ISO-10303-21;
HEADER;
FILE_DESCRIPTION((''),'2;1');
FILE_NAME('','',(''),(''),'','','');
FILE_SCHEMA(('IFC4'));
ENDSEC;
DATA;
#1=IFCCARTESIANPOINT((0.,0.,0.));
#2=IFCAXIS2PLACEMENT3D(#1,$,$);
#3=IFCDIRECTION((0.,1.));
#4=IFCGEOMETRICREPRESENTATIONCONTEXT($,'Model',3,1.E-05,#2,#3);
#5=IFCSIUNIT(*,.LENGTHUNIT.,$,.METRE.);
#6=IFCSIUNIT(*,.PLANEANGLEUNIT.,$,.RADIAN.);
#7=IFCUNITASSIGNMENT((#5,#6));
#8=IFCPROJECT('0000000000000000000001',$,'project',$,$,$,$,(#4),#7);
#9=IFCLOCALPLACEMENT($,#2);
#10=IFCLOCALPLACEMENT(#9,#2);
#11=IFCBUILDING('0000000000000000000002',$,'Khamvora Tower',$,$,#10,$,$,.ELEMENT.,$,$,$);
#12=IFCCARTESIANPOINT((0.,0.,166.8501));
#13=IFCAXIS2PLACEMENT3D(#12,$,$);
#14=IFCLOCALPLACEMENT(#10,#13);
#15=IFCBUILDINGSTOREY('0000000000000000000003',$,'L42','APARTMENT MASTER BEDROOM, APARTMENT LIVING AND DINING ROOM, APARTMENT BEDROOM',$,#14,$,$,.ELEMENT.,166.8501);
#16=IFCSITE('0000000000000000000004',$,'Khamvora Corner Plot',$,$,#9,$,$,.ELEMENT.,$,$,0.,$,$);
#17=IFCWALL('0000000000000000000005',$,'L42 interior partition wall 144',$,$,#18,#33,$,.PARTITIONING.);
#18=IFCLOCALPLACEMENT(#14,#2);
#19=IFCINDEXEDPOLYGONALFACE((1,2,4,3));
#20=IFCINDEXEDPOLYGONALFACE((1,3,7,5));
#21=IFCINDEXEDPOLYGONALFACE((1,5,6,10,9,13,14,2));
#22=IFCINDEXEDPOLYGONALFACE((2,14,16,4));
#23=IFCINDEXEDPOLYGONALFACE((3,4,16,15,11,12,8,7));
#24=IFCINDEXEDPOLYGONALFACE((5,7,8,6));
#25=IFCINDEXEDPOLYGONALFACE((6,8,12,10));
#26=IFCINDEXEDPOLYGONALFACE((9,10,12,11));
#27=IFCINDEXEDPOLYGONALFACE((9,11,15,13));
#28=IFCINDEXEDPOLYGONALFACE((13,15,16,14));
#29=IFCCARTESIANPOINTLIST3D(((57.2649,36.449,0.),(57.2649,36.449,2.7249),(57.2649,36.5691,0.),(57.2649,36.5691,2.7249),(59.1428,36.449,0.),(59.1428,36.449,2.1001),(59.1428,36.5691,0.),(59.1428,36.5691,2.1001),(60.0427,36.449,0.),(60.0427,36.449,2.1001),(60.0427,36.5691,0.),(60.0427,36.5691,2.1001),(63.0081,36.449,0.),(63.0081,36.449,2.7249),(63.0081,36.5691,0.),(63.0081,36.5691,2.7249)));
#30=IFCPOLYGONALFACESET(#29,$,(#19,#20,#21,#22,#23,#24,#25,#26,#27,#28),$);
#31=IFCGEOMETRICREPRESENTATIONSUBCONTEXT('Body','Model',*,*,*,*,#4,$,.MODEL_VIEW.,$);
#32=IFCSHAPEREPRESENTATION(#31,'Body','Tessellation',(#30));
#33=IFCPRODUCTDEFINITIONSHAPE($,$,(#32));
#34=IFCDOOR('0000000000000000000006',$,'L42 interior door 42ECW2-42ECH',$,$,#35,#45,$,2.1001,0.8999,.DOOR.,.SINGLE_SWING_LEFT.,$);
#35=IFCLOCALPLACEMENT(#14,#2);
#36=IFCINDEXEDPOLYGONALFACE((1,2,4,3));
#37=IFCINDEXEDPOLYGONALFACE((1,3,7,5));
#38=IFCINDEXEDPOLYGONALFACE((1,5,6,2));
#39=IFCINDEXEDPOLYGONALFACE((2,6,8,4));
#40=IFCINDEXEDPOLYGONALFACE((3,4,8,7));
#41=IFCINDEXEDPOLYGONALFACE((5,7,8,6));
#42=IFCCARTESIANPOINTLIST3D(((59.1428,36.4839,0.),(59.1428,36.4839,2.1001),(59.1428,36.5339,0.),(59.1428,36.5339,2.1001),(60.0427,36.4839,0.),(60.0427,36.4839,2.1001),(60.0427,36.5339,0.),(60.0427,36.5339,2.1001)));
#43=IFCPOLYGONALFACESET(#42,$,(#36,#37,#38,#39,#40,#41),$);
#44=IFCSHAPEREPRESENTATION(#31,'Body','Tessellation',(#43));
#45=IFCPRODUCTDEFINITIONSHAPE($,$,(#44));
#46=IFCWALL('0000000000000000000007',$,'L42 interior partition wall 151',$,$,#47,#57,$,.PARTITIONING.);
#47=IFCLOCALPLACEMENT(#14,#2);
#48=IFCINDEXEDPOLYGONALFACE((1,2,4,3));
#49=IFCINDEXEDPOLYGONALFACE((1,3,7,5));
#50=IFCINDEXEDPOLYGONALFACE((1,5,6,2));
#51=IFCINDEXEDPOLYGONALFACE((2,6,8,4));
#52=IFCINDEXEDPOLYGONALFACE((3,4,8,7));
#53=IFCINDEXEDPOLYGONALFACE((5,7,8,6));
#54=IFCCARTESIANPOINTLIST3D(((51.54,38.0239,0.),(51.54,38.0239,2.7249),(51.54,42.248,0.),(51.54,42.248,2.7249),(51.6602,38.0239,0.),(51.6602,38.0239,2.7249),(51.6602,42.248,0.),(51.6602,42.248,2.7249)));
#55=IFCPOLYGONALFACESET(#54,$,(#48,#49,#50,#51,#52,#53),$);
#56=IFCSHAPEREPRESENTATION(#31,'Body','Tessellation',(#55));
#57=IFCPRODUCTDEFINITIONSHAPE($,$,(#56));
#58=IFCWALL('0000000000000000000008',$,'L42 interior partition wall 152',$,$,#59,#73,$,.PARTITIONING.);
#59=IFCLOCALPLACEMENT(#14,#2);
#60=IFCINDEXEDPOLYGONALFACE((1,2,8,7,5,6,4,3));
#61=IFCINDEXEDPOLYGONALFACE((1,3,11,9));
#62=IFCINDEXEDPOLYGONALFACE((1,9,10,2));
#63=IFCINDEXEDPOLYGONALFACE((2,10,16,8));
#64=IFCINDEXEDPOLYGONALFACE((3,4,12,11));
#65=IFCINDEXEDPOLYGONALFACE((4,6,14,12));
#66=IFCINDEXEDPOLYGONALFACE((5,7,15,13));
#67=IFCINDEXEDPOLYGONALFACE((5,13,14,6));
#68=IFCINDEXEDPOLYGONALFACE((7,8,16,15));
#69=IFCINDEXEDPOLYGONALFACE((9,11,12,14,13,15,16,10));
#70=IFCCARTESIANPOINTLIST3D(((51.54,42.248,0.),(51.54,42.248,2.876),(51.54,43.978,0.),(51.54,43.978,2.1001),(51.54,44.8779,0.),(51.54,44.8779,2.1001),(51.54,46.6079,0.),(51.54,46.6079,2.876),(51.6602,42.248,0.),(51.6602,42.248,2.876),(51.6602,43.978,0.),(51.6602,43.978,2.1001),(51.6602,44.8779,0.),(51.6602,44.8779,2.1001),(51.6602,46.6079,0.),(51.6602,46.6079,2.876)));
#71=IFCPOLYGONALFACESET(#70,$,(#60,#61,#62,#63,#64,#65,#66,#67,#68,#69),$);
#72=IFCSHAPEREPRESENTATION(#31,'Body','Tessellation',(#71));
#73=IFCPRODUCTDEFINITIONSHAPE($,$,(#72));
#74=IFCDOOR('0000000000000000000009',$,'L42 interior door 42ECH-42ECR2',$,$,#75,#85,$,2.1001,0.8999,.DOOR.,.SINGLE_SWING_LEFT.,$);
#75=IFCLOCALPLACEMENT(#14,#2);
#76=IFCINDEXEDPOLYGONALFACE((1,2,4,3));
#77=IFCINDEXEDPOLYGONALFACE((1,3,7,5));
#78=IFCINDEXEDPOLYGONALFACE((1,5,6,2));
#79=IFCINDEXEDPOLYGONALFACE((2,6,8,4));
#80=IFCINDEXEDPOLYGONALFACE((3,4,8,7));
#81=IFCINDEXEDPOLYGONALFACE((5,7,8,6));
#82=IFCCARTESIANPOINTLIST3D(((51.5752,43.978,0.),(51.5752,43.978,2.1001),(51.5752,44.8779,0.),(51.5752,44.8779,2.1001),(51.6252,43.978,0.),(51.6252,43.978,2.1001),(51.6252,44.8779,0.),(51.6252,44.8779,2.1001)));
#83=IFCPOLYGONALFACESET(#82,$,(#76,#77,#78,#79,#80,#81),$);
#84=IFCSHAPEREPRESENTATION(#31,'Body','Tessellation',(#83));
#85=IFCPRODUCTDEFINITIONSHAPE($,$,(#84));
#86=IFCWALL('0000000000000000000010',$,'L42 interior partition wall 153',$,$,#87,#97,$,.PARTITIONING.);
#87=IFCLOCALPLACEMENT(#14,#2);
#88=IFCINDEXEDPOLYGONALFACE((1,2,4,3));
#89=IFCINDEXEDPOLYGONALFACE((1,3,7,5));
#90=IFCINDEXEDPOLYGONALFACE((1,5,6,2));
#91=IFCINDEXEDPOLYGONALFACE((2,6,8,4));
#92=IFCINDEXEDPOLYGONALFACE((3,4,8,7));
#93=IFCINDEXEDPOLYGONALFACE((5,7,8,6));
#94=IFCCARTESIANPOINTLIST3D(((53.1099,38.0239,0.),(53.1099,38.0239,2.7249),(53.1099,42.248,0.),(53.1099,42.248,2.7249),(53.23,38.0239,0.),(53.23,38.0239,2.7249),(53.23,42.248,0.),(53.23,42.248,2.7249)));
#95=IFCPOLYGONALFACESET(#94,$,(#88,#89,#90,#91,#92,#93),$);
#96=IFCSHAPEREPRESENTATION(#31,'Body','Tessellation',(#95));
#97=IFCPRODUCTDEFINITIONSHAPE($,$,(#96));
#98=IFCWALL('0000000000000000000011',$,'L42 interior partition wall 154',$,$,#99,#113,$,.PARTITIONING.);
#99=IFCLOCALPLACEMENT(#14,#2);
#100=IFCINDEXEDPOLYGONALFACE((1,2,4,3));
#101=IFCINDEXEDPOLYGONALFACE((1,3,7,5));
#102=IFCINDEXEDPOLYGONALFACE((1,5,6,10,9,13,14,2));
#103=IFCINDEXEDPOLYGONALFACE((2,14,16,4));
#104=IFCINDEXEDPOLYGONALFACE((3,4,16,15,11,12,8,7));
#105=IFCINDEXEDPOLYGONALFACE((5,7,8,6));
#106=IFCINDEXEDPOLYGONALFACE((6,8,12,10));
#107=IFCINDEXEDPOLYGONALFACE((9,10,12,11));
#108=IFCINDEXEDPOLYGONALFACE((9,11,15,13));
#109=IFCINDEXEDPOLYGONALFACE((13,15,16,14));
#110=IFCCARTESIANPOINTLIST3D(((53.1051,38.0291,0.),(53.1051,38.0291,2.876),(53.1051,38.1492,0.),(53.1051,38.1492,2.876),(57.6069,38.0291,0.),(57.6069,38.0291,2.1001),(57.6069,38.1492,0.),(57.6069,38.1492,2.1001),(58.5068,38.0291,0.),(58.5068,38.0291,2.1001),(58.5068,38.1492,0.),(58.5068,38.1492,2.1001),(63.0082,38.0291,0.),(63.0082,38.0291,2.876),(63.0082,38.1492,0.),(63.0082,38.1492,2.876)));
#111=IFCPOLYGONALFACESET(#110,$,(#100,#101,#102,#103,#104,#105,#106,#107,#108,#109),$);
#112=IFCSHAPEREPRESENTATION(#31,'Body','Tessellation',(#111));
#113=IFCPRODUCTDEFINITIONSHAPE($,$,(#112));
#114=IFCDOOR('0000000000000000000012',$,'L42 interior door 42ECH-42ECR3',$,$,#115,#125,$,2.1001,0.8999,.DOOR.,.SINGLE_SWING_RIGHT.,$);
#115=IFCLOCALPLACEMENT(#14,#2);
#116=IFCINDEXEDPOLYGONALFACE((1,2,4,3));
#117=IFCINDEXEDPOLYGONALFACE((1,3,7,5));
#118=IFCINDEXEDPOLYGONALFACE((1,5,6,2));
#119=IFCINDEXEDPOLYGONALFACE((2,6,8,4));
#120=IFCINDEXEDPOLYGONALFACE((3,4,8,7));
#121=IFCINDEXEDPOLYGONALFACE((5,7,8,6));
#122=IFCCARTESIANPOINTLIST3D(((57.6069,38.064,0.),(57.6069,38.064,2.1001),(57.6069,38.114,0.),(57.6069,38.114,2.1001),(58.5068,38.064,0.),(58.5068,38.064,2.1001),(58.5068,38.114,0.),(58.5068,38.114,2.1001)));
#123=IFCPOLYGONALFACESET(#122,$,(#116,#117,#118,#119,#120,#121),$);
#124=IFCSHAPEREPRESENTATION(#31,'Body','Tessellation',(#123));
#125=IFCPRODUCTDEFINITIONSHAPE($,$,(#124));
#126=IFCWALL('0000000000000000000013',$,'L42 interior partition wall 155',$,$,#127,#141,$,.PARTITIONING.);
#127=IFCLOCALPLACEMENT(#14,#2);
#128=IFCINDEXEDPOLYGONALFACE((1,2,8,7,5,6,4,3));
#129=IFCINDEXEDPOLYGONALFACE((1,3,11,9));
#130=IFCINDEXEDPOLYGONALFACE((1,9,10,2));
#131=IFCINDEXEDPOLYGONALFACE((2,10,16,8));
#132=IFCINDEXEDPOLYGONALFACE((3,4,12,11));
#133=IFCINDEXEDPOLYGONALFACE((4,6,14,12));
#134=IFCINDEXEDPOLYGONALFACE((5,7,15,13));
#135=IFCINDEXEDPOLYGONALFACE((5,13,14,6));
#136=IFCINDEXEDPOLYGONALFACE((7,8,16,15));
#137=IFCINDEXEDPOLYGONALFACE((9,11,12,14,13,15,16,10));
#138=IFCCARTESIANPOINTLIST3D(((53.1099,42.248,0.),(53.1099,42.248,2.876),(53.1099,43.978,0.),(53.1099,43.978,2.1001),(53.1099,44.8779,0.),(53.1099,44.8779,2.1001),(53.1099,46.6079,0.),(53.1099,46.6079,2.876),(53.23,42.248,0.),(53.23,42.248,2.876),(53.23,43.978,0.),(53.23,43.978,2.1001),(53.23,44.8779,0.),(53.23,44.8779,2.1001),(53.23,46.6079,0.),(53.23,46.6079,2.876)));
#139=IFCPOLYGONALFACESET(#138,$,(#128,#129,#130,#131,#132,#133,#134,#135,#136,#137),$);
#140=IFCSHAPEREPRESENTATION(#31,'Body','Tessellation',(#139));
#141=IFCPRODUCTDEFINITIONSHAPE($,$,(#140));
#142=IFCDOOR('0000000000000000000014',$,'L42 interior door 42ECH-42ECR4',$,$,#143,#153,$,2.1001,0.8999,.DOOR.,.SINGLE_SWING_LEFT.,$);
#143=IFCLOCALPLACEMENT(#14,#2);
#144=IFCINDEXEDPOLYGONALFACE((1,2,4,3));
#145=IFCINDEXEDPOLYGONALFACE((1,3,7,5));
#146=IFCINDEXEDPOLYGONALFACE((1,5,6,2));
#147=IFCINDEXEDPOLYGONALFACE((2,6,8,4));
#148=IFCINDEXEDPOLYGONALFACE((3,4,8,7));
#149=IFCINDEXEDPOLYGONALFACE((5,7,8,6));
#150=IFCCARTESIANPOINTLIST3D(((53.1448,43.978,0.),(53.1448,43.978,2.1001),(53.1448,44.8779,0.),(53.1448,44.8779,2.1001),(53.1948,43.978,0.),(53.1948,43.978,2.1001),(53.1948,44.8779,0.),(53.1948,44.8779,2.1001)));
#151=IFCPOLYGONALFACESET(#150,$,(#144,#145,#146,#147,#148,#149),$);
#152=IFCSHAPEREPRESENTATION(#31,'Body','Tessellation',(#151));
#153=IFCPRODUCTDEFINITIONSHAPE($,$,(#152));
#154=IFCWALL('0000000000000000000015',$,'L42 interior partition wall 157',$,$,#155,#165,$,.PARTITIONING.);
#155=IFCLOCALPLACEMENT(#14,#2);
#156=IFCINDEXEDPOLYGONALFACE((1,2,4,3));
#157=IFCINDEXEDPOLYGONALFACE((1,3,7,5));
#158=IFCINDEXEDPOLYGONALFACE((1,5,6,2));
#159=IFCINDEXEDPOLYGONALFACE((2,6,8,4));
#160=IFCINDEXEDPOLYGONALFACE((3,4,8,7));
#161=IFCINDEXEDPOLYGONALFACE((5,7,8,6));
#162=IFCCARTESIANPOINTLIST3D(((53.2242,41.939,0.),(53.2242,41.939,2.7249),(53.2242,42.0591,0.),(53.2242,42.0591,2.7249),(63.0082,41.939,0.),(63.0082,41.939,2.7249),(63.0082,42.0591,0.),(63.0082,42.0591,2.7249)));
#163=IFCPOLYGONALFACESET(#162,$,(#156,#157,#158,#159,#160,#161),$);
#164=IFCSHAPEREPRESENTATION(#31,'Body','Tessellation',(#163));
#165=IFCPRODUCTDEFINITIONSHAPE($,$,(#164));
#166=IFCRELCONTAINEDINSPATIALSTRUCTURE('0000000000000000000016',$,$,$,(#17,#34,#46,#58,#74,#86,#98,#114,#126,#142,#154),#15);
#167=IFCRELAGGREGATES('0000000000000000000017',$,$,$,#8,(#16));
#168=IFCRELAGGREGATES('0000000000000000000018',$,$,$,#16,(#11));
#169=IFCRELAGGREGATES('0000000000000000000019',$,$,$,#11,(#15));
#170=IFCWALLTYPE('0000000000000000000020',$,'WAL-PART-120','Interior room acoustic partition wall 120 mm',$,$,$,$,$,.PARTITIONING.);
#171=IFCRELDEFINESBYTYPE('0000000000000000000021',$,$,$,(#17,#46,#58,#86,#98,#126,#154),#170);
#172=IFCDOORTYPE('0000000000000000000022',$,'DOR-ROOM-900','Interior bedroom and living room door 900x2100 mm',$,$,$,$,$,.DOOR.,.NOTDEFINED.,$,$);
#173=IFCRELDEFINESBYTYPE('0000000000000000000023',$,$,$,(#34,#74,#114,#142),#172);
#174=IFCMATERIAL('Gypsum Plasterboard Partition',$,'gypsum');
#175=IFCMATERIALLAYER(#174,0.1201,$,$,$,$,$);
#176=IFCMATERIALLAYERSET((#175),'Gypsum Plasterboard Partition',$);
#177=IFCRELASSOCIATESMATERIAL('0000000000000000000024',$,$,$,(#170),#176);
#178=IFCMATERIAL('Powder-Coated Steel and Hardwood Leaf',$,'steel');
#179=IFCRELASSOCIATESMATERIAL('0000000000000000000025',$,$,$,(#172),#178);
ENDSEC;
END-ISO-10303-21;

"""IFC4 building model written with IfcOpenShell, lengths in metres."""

from ifc_helpers import new_model, si_unit, direction, frame, frame_2d, origin, place, context, subcontext, project, spatial, rectangle, extrude, material, layer, layer_set, type_object, element, fill, save


model = new_model("IFC4")

# Units and contexts
model_context = context("Model", 3, precision=1e-05, world=origin(), true_north=direction((0.0, 1.0)))
body_context = subcontext(model_context, "Body", "Model", "MODEL_VIEW")
ifc_project = project(units=[si_unit("LENGTHUNIT", "METRE"), si_unit("PLANEANGLEUNIT", "RADIAN")], contexts=[model_context])

# Site, building, storey
site_placement = place(None, origin())
site = spatial("IfcSite", under=ifc_project, at=site_placement, Name="Khamvora Corner Plot", CompositionType="ELEMENT", RefElevation=0.0)
building_placement = place(site_placement, origin())
building = spatial("IfcBuilding", under=site, at=building_placement, Name="Khamvora Tower", CompositionType="ELEMENT")
storey_placement = place(building_placement, frame((0.0, 0.0, 166.8501)))
storey = spatial("IfcBuildingStorey", under=building, at=storey_placement, Name="L42", Description="APARTMENT MASTER BEDROOM, APARTMENT LIVING AND DINING ROOM, APARTMENT BEDROOM", CompositionType="ELEMENT", Elevation=166.8501)

# Wall, opening, door
ifc_material_1 = material(Name="Gypsum Plasterboard Partition", Category="gypsum")
ifc_layer_1 = layer(ifc_material_1, 0.1201)
ifc_layer_set_1 = layer_set([ifc_layer_1], Name="Gypsum Plasterboard Partition")
wall_type_1 = type_object("IfcWallType", Name="WAL-PART-120", Description="Interior room acoustic partition wall 120 mm", PredefinedType="PARTITIONING", material=ifc_layer_set_1)
wall_1_placement = place(storey_placement, frame((57.2649, 36.509, 0.0), z_axis=(0.0, 0.0, 1.0), x_axis=(1.0, 0.0, 0.0)))
wall_1 = element("IfcWall", 1, at=wall_1_placement, inside=storey, type_object=wall_type_1, Name="L42 interior partition wall 144", PredefinedType="PARTITIONING", context=body_context, shape_type="SweptSolid", body=[
    extrude(rectangle(XDim=5.7432, YDim=0.1201, at=frame_2d((2.8716, 0.0))), origin(), (0.0, 0.0, 1.0), 2.7249),
])
opening_1_placement = place(wall_1_placement, frame((1.8779, 0.0, 0.0)))
opening_1 = element("IfcOpeningElement", 2, at=opening_1_placement, cuts=wall_1, PredefinedType="OPENING", context=body_context, shape_type="SweptSolid", body=[
    extrude(rectangle(XDim=0.8999, YDim=2.1001, at=frame_2d((0.45, 1.05))), frame((0.0, 0.0701, 0.0), z_axis=(0.0, -1.0, 0.0), x_axis=(1.0, 0.0, 0.0)), (0.0, 0.0, 1.0), 0.1401),
])
ifc_material_2 = material(Name="Powder-Coated Steel and Hardwood Leaf", Category="steel")
door_type_1 = type_object("IfcDoorType", Name="DOR-ROOM-900", Description="Interior bedroom and living room door 900x2100 mm", OperationType="NOTDEFINED", PredefinedType="DOOR", material=ifc_material_2)
door_1_placement = place(opening_1_placement, origin())
door_1 = element("IfcDoor", 3, at=door_1_placement, inside=storey, type_object=door_type_1, Name="L42 interior door 42ECW2-42ECH", OperationType="SINGLE_SWING_LEFT", OverallHeight=2.1001, OverallWidth=0.8999, PredefinedType="DOOR", context=body_context, shape_type="SweptSolid", body=[
    extrude(rectangle(XDim=0.8999, YDim=2.1001, at=frame_2d((0.45, 1.05))), frame((0.0, 0.0249, 0.0), z_axis=(0.0, -1.0, 0.0), x_axis=(1.0, 0.0, 0.0)), (0.0, 0.0, 1.0), 0.05),
])
fill(opening_1, door_1)

# Wall
wall_2_placement = place(storey_placement, frame((51.6001, 38.0239, 0.0), z_axis=(0.0, 0.0, 1.0), x_axis=(0.0, 1.0, 0.0)))
element("IfcWall", 4, at=wall_2_placement, inside=storey, type_object=wall_type_1, Name="L42 interior partition wall 151", PredefinedType="PARTITIONING", context=body_context, shape_type="SweptSolid", body=[
    extrude(rectangle(XDim=4.2241, YDim=0.1201, at=frame_2d((2.1121, 0.0))), origin(), (0.0, 0.0, 1.0), 2.7249),
])

# Wall, opening, door
wall_3_placement = place(storey_placement, frame((51.6001, 42.248, 0.0), z_axis=(0.0, 0.0, 1.0), x_axis=(0.0, 1.0, 0.0)))
wall_3 = element("IfcWall", 5, at=wall_3_placement, inside=storey, type_object=wall_type_1, Name="L42 interior partition wall 152", PredefinedType="PARTITIONING", context=body_context, shape_type="SweptSolid", body=[
    extrude(rectangle(XDim=4.3599, YDim=0.1201, at=frame_2d((2.1799, 0.0))), origin(), (0.0, 0.0, 1.0), 2.876),
])
opening_2_placement = place(wall_3_placement, frame((1.73, 0.0, 0.0)))
opening_2 = element("IfcOpeningElement", 6, at=opening_2_placement, cuts=wall_3, PredefinedType="OPENING", context=body_context, shape_type="SweptSolid", body=[
    extrude(rectangle(XDim=0.8999, YDim=2.1001, at=frame_2d((0.45, 1.05))), frame((0.0, 0.0701, 0.0), z_axis=(0.0, -1.0, 0.0), x_axis=(1.0, 0.0, 0.0)), (0.0, 0.0, 1.0), 0.1401),
])
door_2_placement = place(opening_2_placement, origin())
door_2 = element("IfcDoor", 7, at=door_2_placement, inside=storey, type_object=door_type_1, Name="L42 interior door 42ECH-42ECR2", OperationType="SINGLE_SWING_LEFT", OverallHeight=2.1001, OverallWidth=0.8999, PredefinedType="DOOR", context=body_context, shape_type="SweptSolid", body=[
    extrude(rectangle(XDim=0.8999, YDim=2.1001, at=frame_2d((0.45, 1.05))), frame((0.0, 0.0249, 0.0), z_axis=(0.0, -1.0, 0.0), x_axis=(1.0, 0.0, 0.0)), (0.0, 0.0, 1.0), 0.05),
])
fill(opening_2, door_2)

# Wall
wall_4_placement = place(storey_placement, frame((53.1699, 42.248, 0.0), z_axis=(0.0, 0.0, 1.0), x_axis=(0.0, -1.0, 0.0)))
element("IfcWall", 8, at=wall_4_placement, inside=storey, type_object=wall_type_1, Name="L42 interior partition wall 153", PredefinedType="PARTITIONING", context=body_context, shape_type="SweptSolid", body=[
    extrude(rectangle(XDim=4.2241, YDim=0.1201, at=frame_2d((2.1121, 0.0))), origin(), (0.0, 0.0, 1.0), 2.7249),
])

# Walls, openings, doors
wall_5_placement = place(storey_placement, frame((53.105, 38.0891, 0.0), z_axis=(0.0, 0.0, 1.0), x_axis=(1.0, 0.0, 0.0)))
wall_5 = element("IfcWall", 9, at=wall_5_placement, inside=storey, type_object=wall_type_1, Name="L42 interior partition wall 154", PredefinedType="PARTITIONING", context=body_context, shape_type="SweptSolid", body=[
    extrude(rectangle(XDim=9.9031, YDim=0.1201, at=frame_2d((4.9517, 0.0))), origin(), (0.0, 0.0, 1.0), 2.876),
])
opening_3_placement = place(wall_5_placement, frame((4.502, 0.0, 0.0)))
opening_3 = element("IfcOpeningElement", 10, at=opening_3_placement, cuts=wall_5, PredefinedType="OPENING", context=body_context, shape_type="SweptSolid", body=[
    extrude(rectangle(XDim=0.8999, YDim=2.1001, at=frame_2d((0.45, 1.05))), frame((0.0, 0.0701, 0.0), z_axis=(0.0, -1.0, 0.0), x_axis=(1.0, 0.0, 0.0)), (0.0, 0.0, 1.0), 0.1401),
])
door_3_placement = place(opening_3_placement, origin())
door_3 = element("IfcDoor", 11, at=door_3_placement, inside=storey, type_object=door_type_1, Name="L42 interior door 42ECH-42ECR3", OperationType="SINGLE_SWING_RIGHT", OverallHeight=2.1001, OverallWidth=0.8999, PredefinedType="DOOR", context=body_context, shape_type="SweptSolid", body=[
    extrude(rectangle(XDim=0.8999, YDim=2.1001, at=frame_2d((0.45, 1.05))), frame((0.0, 0.0249, 0.0), z_axis=(0.0, -1.0, 0.0), x_axis=(1.0, 0.0, 0.0)), (0.0, 0.0, 1.0), 0.05),
])
fill(opening_3, door_3)
wall_6_placement = place(storey_placement, frame((53.1699, 46.6079, 0.0), z_axis=(0.0, 0.0, 1.0), x_axis=(0.0, -1.0, 0.0)))
wall_6 = element("IfcWall", 12, at=wall_6_placement, inside=storey, type_object=wall_type_1, Name="L42 interior partition wall 155", PredefinedType="PARTITIONING", context=body_context, shape_type="SweptSolid", body=[
    extrude(rectangle(XDim=4.3599, YDim=0.1201, at=frame_2d((2.1799, 0.0))), origin(), (0.0, 0.0, 1.0), 2.876),
])
opening_4_placement = place(wall_6_placement, frame((1.73, 0.0, 0.0)))
opening_4 = element("IfcOpeningElement", 13, at=opening_4_placement, cuts=wall_6, PredefinedType="OPENING", context=body_context, shape_type="SweptSolid", body=[
    extrude(rectangle(XDim=0.8999, YDim=2.1001, at=frame_2d((0.45, 1.05))), frame((0.0, 0.0701, 0.0), z_axis=(0.0, -1.0, 0.0), x_axis=(1.0, 0.0, 0.0)), (0.0, 0.0, 1.0), 0.1401),
])
door_4_placement = place(opening_4_placement, origin())
door_4 = element("IfcDoor", 14, at=door_4_placement, inside=storey, type_object=door_type_1, Name="L42 interior door 42ECH-42ECR4", OperationType="SINGLE_SWING_LEFT", OverallHeight=2.1001, OverallWidth=0.8999, PredefinedType="DOOR", context=body_context, shape_type="SweptSolid", body=[
    extrude(rectangle(XDim=0.8999, YDim=2.1001, at=frame_2d((0.45, 1.05))), frame((0.0, 0.0249, 0.0), z_axis=(0.0, -1.0, 0.0), x_axis=(1.0, 0.0, 0.0)), (0.0, 0.0, 1.0), 0.05),
])
fill(opening_4, door_4)

# Wall
wall_7_placement = place(storey_placement, frame((53.2241, 41.999, 0.0), z_axis=(0.0, 0.0, 1.0), x_axis=(1.0, 0.0, 0.0)))
element("IfcWall", 15, at=wall_7_placement, inside=storey, type_object=wall_type_1, Name="L42 interior partition wall 157", PredefinedType="PARTITIONING", context=body_context, shape_type="SweptSolid", body=[
    extrude(rectangle(XDim=9.7839, YDim=0.1201, at=frame_2d((4.8921, 0.0))), origin(), (0.0, 0.0, 1.0), 2.7249),
])

save(model, "model.ifc")
